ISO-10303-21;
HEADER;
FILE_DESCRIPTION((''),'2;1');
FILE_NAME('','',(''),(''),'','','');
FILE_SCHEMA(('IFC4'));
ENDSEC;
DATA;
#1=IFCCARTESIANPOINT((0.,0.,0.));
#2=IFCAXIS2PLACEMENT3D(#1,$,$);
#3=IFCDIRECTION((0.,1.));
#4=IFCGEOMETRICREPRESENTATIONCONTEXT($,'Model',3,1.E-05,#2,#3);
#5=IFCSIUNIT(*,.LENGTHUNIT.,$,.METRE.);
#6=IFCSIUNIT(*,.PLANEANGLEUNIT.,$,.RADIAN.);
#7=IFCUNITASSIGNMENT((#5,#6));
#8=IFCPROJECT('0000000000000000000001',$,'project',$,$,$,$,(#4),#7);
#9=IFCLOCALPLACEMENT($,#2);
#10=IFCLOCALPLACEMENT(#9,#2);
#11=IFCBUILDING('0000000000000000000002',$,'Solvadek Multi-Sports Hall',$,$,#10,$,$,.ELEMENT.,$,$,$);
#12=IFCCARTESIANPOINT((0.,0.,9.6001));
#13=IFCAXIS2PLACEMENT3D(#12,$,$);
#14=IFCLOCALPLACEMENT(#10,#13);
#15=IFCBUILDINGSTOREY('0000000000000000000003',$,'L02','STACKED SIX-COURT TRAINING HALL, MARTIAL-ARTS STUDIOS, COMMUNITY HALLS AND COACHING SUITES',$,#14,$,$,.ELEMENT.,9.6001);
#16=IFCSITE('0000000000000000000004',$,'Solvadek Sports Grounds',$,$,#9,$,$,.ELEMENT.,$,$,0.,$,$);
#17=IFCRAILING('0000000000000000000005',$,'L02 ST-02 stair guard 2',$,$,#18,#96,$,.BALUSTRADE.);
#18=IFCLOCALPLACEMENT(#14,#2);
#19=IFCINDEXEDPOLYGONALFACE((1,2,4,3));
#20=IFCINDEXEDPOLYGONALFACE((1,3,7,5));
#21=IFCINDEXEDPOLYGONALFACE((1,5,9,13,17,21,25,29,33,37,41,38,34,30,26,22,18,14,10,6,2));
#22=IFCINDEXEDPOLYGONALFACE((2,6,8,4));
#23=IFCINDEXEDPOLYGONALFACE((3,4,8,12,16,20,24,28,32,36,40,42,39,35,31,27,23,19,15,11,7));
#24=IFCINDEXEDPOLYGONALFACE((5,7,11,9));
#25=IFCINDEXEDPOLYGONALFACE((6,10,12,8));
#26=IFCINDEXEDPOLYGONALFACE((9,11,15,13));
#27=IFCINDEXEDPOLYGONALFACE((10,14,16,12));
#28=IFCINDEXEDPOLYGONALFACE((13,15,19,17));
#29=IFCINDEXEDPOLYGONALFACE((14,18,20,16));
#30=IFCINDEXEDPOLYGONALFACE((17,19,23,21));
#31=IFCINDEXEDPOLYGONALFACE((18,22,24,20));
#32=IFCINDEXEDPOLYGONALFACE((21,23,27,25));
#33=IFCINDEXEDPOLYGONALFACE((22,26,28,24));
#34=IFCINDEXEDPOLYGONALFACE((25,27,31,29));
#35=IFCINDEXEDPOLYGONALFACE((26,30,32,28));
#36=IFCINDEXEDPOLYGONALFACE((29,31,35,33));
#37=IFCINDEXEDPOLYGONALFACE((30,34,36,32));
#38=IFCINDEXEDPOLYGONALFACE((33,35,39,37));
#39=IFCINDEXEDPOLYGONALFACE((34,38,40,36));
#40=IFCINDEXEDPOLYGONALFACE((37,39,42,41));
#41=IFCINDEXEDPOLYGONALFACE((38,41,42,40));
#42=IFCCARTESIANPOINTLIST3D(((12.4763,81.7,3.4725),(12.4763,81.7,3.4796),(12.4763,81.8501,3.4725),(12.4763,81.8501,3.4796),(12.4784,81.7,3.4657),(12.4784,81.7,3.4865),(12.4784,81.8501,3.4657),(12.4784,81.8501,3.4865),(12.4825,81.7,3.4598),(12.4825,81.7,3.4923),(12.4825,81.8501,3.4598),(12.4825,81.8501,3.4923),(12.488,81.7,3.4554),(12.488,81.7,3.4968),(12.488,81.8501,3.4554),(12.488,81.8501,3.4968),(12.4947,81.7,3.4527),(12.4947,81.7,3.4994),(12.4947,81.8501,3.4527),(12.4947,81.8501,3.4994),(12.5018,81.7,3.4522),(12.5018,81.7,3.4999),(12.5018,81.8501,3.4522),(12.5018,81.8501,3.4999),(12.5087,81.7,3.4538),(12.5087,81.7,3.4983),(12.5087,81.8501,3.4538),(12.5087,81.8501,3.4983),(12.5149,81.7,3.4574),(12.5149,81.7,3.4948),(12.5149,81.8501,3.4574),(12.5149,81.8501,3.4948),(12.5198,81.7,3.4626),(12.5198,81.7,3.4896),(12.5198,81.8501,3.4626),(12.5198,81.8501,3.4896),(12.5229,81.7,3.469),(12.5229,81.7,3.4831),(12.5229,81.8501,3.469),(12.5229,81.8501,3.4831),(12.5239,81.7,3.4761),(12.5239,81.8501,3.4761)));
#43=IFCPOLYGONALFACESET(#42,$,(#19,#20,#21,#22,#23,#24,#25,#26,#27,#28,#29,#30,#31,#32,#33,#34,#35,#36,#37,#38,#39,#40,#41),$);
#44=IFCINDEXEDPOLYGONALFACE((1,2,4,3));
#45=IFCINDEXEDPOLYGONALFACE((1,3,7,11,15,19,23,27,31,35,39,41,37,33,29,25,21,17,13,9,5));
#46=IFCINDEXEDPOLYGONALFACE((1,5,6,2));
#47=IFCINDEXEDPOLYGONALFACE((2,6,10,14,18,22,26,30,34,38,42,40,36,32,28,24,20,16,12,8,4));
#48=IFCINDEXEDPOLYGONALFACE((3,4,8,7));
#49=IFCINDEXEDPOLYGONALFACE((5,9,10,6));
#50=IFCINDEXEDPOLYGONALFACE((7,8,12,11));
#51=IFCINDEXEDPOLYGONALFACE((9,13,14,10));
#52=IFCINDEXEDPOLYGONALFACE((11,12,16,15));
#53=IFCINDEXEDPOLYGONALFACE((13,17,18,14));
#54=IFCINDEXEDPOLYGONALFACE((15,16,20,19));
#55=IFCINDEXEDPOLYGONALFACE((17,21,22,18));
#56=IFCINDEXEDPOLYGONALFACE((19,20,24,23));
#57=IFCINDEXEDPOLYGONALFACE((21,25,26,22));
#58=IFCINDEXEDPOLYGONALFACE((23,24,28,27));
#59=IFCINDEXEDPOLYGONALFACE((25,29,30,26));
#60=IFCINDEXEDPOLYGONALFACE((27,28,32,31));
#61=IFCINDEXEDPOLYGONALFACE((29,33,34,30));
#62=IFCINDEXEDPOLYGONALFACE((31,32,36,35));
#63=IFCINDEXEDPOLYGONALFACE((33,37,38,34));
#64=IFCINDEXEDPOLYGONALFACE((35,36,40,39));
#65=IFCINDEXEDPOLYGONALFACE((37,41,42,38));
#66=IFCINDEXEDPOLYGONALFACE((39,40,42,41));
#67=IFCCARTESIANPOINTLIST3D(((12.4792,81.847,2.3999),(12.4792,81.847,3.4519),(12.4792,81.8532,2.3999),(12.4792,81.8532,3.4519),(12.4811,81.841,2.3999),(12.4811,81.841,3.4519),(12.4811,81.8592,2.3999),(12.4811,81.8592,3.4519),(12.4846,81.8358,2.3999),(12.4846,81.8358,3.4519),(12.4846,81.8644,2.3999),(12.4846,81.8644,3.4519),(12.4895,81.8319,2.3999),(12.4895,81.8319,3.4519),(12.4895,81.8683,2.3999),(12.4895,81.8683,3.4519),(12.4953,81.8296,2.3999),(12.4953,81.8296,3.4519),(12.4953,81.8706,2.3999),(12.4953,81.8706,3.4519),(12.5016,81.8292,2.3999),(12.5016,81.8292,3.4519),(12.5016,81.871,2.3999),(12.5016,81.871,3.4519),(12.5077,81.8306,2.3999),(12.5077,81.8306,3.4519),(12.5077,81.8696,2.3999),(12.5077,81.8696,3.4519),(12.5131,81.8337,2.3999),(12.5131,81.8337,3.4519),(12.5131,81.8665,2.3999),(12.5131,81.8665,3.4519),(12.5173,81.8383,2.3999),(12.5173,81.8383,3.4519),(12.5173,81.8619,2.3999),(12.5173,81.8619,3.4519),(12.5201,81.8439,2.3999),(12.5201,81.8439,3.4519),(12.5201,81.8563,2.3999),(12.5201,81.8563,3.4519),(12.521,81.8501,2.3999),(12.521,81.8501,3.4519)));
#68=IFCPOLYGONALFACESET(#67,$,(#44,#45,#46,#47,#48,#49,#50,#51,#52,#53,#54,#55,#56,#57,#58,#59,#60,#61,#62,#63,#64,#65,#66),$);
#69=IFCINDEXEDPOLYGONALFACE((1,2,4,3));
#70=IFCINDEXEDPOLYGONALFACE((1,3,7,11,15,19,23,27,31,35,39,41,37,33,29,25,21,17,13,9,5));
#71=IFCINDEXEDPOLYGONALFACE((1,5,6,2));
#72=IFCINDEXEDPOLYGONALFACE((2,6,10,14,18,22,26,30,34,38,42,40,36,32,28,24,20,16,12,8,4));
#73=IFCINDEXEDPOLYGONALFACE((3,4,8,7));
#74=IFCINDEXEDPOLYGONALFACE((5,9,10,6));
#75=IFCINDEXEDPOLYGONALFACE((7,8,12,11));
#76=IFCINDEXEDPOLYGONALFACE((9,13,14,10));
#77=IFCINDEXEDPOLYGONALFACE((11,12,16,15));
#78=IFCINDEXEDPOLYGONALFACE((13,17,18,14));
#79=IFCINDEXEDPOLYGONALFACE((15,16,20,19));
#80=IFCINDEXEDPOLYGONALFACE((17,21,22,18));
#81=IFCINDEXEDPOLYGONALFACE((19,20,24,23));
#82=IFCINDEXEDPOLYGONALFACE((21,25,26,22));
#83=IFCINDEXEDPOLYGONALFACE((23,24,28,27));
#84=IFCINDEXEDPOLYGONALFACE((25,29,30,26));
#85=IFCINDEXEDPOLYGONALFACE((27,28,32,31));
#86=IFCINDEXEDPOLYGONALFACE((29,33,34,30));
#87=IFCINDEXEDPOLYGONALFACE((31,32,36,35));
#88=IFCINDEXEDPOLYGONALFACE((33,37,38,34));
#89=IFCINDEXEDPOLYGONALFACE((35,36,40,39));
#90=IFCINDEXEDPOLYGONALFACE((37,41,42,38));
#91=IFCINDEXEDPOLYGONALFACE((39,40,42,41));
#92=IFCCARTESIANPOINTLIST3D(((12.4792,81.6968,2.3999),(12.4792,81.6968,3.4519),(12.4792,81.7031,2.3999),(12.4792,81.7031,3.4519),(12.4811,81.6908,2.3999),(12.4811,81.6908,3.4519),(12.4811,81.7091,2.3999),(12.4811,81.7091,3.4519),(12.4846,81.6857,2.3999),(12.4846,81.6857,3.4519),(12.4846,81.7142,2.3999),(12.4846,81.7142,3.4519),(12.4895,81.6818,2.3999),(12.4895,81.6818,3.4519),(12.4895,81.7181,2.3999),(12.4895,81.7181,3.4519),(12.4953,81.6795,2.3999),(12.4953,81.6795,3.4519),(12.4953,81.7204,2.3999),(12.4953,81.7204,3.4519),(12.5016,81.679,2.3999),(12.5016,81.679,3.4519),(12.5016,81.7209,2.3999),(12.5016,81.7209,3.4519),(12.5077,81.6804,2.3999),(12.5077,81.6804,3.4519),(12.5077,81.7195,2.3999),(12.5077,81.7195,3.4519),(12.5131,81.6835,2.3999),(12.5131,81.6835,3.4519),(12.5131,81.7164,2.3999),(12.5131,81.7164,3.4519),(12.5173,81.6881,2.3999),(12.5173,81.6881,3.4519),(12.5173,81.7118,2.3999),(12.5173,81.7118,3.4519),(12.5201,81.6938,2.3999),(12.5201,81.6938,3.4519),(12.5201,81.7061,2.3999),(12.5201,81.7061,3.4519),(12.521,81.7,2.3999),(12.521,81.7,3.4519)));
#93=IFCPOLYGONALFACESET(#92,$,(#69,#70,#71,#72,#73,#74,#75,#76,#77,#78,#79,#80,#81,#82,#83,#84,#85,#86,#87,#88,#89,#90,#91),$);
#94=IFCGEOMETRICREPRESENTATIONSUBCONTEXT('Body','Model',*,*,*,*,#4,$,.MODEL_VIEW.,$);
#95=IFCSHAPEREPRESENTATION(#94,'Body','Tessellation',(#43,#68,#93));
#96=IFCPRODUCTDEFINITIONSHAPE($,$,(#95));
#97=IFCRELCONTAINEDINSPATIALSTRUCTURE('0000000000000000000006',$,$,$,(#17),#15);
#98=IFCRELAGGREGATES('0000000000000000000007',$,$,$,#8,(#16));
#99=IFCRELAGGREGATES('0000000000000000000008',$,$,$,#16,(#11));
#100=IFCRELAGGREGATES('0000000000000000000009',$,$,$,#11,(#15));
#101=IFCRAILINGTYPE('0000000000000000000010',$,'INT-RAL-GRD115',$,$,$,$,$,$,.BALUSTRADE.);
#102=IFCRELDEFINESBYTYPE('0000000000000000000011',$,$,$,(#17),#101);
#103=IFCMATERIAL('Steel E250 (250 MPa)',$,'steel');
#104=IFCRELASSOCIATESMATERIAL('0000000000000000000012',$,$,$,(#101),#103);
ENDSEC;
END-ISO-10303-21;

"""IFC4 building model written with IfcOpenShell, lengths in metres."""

from ifc_helpers import new_model, si_unit, direction, frame, origin, origin_2d, place, context, subcontext, project, spatial, circle, extrude, material, type_object, element, save


model = new_model("IFC4")

# Units and contexts
model_context = context("Model", 3, precision=1e-05, world=origin(), true_north=direction((0.0, 1.0)))
body_context = subcontext(model_context, "Body", "Model", "MODEL_VIEW")
ifc_project = project(units=[si_unit("LENGTHUNIT", "METRE"), si_unit("PLANEANGLEUNIT", "RADIAN")], contexts=[model_context])

# Site, building, storey
site_placement = place(None, origin())
site = spatial("IfcSite", under=ifc_project, at=site_placement, Name="Solvadek Sports Grounds", CompositionType="ELEMENT", RefElevation=0.0)
building_placement = place(site_placement, origin())
building = spatial("IfcBuilding", under=site, at=building_placement, Name="Solvadek Multi-Sports Hall", CompositionType="ELEMENT")
storey_placement = place(building_placement, frame((0.0, 0.0, 9.6001)))
storey = spatial("IfcBuildingStorey", under=building, at=storey_placement, Name="L02", Description="STACKED SIX-COURT TRAINING HALL, MARTIAL-ARTS STUDIOS, COMMUNITY HALLS AND COACHING SUITES", CompositionType="ELEMENT", Elevation=9.6001)

# Railing
ifc_material_1 = material(Name="Steel E250 (250 MPa)", Category="steel")
railing_type_1 = type_object("IfcRailingType", Name="INT-RAL-GRD115", PredefinedType="BALUSTRADE", material=ifc_material_1)
railing_1_placement = place(storey_placement, frame((12.5, 81.8501, 2.3999)))
element("IfcRailing", 1, at=railing_1_placement, inside=storey, type_object=railing_type_1, Name="L02 ST-02 stair guard 2", PredefinedType="BALUSTRADE", context=body_context, shape_type="SweptSolid", body=[
    extrude(circle(Radius=0.0239, at=origin_2d()), frame((0.0, 0.0, 1.0762), z_axis=(0.0, -1.0, 0.0), x_axis=(1.0, 0.0, 0.0)), (0.0, 0.0, 1.0), 0.1501),
    extrude(circle(Radius=0.021, at=origin_2d()), origin(), (0.0, 0.0, 1.0), 1.052),
    extrude(circle(Radius=0.021, at=origin_2d()), frame((0.0, -0.1501, 0.0)), (0.0, 0.0, 1.0), 1.052),
])

save(model, "model.ifc")
